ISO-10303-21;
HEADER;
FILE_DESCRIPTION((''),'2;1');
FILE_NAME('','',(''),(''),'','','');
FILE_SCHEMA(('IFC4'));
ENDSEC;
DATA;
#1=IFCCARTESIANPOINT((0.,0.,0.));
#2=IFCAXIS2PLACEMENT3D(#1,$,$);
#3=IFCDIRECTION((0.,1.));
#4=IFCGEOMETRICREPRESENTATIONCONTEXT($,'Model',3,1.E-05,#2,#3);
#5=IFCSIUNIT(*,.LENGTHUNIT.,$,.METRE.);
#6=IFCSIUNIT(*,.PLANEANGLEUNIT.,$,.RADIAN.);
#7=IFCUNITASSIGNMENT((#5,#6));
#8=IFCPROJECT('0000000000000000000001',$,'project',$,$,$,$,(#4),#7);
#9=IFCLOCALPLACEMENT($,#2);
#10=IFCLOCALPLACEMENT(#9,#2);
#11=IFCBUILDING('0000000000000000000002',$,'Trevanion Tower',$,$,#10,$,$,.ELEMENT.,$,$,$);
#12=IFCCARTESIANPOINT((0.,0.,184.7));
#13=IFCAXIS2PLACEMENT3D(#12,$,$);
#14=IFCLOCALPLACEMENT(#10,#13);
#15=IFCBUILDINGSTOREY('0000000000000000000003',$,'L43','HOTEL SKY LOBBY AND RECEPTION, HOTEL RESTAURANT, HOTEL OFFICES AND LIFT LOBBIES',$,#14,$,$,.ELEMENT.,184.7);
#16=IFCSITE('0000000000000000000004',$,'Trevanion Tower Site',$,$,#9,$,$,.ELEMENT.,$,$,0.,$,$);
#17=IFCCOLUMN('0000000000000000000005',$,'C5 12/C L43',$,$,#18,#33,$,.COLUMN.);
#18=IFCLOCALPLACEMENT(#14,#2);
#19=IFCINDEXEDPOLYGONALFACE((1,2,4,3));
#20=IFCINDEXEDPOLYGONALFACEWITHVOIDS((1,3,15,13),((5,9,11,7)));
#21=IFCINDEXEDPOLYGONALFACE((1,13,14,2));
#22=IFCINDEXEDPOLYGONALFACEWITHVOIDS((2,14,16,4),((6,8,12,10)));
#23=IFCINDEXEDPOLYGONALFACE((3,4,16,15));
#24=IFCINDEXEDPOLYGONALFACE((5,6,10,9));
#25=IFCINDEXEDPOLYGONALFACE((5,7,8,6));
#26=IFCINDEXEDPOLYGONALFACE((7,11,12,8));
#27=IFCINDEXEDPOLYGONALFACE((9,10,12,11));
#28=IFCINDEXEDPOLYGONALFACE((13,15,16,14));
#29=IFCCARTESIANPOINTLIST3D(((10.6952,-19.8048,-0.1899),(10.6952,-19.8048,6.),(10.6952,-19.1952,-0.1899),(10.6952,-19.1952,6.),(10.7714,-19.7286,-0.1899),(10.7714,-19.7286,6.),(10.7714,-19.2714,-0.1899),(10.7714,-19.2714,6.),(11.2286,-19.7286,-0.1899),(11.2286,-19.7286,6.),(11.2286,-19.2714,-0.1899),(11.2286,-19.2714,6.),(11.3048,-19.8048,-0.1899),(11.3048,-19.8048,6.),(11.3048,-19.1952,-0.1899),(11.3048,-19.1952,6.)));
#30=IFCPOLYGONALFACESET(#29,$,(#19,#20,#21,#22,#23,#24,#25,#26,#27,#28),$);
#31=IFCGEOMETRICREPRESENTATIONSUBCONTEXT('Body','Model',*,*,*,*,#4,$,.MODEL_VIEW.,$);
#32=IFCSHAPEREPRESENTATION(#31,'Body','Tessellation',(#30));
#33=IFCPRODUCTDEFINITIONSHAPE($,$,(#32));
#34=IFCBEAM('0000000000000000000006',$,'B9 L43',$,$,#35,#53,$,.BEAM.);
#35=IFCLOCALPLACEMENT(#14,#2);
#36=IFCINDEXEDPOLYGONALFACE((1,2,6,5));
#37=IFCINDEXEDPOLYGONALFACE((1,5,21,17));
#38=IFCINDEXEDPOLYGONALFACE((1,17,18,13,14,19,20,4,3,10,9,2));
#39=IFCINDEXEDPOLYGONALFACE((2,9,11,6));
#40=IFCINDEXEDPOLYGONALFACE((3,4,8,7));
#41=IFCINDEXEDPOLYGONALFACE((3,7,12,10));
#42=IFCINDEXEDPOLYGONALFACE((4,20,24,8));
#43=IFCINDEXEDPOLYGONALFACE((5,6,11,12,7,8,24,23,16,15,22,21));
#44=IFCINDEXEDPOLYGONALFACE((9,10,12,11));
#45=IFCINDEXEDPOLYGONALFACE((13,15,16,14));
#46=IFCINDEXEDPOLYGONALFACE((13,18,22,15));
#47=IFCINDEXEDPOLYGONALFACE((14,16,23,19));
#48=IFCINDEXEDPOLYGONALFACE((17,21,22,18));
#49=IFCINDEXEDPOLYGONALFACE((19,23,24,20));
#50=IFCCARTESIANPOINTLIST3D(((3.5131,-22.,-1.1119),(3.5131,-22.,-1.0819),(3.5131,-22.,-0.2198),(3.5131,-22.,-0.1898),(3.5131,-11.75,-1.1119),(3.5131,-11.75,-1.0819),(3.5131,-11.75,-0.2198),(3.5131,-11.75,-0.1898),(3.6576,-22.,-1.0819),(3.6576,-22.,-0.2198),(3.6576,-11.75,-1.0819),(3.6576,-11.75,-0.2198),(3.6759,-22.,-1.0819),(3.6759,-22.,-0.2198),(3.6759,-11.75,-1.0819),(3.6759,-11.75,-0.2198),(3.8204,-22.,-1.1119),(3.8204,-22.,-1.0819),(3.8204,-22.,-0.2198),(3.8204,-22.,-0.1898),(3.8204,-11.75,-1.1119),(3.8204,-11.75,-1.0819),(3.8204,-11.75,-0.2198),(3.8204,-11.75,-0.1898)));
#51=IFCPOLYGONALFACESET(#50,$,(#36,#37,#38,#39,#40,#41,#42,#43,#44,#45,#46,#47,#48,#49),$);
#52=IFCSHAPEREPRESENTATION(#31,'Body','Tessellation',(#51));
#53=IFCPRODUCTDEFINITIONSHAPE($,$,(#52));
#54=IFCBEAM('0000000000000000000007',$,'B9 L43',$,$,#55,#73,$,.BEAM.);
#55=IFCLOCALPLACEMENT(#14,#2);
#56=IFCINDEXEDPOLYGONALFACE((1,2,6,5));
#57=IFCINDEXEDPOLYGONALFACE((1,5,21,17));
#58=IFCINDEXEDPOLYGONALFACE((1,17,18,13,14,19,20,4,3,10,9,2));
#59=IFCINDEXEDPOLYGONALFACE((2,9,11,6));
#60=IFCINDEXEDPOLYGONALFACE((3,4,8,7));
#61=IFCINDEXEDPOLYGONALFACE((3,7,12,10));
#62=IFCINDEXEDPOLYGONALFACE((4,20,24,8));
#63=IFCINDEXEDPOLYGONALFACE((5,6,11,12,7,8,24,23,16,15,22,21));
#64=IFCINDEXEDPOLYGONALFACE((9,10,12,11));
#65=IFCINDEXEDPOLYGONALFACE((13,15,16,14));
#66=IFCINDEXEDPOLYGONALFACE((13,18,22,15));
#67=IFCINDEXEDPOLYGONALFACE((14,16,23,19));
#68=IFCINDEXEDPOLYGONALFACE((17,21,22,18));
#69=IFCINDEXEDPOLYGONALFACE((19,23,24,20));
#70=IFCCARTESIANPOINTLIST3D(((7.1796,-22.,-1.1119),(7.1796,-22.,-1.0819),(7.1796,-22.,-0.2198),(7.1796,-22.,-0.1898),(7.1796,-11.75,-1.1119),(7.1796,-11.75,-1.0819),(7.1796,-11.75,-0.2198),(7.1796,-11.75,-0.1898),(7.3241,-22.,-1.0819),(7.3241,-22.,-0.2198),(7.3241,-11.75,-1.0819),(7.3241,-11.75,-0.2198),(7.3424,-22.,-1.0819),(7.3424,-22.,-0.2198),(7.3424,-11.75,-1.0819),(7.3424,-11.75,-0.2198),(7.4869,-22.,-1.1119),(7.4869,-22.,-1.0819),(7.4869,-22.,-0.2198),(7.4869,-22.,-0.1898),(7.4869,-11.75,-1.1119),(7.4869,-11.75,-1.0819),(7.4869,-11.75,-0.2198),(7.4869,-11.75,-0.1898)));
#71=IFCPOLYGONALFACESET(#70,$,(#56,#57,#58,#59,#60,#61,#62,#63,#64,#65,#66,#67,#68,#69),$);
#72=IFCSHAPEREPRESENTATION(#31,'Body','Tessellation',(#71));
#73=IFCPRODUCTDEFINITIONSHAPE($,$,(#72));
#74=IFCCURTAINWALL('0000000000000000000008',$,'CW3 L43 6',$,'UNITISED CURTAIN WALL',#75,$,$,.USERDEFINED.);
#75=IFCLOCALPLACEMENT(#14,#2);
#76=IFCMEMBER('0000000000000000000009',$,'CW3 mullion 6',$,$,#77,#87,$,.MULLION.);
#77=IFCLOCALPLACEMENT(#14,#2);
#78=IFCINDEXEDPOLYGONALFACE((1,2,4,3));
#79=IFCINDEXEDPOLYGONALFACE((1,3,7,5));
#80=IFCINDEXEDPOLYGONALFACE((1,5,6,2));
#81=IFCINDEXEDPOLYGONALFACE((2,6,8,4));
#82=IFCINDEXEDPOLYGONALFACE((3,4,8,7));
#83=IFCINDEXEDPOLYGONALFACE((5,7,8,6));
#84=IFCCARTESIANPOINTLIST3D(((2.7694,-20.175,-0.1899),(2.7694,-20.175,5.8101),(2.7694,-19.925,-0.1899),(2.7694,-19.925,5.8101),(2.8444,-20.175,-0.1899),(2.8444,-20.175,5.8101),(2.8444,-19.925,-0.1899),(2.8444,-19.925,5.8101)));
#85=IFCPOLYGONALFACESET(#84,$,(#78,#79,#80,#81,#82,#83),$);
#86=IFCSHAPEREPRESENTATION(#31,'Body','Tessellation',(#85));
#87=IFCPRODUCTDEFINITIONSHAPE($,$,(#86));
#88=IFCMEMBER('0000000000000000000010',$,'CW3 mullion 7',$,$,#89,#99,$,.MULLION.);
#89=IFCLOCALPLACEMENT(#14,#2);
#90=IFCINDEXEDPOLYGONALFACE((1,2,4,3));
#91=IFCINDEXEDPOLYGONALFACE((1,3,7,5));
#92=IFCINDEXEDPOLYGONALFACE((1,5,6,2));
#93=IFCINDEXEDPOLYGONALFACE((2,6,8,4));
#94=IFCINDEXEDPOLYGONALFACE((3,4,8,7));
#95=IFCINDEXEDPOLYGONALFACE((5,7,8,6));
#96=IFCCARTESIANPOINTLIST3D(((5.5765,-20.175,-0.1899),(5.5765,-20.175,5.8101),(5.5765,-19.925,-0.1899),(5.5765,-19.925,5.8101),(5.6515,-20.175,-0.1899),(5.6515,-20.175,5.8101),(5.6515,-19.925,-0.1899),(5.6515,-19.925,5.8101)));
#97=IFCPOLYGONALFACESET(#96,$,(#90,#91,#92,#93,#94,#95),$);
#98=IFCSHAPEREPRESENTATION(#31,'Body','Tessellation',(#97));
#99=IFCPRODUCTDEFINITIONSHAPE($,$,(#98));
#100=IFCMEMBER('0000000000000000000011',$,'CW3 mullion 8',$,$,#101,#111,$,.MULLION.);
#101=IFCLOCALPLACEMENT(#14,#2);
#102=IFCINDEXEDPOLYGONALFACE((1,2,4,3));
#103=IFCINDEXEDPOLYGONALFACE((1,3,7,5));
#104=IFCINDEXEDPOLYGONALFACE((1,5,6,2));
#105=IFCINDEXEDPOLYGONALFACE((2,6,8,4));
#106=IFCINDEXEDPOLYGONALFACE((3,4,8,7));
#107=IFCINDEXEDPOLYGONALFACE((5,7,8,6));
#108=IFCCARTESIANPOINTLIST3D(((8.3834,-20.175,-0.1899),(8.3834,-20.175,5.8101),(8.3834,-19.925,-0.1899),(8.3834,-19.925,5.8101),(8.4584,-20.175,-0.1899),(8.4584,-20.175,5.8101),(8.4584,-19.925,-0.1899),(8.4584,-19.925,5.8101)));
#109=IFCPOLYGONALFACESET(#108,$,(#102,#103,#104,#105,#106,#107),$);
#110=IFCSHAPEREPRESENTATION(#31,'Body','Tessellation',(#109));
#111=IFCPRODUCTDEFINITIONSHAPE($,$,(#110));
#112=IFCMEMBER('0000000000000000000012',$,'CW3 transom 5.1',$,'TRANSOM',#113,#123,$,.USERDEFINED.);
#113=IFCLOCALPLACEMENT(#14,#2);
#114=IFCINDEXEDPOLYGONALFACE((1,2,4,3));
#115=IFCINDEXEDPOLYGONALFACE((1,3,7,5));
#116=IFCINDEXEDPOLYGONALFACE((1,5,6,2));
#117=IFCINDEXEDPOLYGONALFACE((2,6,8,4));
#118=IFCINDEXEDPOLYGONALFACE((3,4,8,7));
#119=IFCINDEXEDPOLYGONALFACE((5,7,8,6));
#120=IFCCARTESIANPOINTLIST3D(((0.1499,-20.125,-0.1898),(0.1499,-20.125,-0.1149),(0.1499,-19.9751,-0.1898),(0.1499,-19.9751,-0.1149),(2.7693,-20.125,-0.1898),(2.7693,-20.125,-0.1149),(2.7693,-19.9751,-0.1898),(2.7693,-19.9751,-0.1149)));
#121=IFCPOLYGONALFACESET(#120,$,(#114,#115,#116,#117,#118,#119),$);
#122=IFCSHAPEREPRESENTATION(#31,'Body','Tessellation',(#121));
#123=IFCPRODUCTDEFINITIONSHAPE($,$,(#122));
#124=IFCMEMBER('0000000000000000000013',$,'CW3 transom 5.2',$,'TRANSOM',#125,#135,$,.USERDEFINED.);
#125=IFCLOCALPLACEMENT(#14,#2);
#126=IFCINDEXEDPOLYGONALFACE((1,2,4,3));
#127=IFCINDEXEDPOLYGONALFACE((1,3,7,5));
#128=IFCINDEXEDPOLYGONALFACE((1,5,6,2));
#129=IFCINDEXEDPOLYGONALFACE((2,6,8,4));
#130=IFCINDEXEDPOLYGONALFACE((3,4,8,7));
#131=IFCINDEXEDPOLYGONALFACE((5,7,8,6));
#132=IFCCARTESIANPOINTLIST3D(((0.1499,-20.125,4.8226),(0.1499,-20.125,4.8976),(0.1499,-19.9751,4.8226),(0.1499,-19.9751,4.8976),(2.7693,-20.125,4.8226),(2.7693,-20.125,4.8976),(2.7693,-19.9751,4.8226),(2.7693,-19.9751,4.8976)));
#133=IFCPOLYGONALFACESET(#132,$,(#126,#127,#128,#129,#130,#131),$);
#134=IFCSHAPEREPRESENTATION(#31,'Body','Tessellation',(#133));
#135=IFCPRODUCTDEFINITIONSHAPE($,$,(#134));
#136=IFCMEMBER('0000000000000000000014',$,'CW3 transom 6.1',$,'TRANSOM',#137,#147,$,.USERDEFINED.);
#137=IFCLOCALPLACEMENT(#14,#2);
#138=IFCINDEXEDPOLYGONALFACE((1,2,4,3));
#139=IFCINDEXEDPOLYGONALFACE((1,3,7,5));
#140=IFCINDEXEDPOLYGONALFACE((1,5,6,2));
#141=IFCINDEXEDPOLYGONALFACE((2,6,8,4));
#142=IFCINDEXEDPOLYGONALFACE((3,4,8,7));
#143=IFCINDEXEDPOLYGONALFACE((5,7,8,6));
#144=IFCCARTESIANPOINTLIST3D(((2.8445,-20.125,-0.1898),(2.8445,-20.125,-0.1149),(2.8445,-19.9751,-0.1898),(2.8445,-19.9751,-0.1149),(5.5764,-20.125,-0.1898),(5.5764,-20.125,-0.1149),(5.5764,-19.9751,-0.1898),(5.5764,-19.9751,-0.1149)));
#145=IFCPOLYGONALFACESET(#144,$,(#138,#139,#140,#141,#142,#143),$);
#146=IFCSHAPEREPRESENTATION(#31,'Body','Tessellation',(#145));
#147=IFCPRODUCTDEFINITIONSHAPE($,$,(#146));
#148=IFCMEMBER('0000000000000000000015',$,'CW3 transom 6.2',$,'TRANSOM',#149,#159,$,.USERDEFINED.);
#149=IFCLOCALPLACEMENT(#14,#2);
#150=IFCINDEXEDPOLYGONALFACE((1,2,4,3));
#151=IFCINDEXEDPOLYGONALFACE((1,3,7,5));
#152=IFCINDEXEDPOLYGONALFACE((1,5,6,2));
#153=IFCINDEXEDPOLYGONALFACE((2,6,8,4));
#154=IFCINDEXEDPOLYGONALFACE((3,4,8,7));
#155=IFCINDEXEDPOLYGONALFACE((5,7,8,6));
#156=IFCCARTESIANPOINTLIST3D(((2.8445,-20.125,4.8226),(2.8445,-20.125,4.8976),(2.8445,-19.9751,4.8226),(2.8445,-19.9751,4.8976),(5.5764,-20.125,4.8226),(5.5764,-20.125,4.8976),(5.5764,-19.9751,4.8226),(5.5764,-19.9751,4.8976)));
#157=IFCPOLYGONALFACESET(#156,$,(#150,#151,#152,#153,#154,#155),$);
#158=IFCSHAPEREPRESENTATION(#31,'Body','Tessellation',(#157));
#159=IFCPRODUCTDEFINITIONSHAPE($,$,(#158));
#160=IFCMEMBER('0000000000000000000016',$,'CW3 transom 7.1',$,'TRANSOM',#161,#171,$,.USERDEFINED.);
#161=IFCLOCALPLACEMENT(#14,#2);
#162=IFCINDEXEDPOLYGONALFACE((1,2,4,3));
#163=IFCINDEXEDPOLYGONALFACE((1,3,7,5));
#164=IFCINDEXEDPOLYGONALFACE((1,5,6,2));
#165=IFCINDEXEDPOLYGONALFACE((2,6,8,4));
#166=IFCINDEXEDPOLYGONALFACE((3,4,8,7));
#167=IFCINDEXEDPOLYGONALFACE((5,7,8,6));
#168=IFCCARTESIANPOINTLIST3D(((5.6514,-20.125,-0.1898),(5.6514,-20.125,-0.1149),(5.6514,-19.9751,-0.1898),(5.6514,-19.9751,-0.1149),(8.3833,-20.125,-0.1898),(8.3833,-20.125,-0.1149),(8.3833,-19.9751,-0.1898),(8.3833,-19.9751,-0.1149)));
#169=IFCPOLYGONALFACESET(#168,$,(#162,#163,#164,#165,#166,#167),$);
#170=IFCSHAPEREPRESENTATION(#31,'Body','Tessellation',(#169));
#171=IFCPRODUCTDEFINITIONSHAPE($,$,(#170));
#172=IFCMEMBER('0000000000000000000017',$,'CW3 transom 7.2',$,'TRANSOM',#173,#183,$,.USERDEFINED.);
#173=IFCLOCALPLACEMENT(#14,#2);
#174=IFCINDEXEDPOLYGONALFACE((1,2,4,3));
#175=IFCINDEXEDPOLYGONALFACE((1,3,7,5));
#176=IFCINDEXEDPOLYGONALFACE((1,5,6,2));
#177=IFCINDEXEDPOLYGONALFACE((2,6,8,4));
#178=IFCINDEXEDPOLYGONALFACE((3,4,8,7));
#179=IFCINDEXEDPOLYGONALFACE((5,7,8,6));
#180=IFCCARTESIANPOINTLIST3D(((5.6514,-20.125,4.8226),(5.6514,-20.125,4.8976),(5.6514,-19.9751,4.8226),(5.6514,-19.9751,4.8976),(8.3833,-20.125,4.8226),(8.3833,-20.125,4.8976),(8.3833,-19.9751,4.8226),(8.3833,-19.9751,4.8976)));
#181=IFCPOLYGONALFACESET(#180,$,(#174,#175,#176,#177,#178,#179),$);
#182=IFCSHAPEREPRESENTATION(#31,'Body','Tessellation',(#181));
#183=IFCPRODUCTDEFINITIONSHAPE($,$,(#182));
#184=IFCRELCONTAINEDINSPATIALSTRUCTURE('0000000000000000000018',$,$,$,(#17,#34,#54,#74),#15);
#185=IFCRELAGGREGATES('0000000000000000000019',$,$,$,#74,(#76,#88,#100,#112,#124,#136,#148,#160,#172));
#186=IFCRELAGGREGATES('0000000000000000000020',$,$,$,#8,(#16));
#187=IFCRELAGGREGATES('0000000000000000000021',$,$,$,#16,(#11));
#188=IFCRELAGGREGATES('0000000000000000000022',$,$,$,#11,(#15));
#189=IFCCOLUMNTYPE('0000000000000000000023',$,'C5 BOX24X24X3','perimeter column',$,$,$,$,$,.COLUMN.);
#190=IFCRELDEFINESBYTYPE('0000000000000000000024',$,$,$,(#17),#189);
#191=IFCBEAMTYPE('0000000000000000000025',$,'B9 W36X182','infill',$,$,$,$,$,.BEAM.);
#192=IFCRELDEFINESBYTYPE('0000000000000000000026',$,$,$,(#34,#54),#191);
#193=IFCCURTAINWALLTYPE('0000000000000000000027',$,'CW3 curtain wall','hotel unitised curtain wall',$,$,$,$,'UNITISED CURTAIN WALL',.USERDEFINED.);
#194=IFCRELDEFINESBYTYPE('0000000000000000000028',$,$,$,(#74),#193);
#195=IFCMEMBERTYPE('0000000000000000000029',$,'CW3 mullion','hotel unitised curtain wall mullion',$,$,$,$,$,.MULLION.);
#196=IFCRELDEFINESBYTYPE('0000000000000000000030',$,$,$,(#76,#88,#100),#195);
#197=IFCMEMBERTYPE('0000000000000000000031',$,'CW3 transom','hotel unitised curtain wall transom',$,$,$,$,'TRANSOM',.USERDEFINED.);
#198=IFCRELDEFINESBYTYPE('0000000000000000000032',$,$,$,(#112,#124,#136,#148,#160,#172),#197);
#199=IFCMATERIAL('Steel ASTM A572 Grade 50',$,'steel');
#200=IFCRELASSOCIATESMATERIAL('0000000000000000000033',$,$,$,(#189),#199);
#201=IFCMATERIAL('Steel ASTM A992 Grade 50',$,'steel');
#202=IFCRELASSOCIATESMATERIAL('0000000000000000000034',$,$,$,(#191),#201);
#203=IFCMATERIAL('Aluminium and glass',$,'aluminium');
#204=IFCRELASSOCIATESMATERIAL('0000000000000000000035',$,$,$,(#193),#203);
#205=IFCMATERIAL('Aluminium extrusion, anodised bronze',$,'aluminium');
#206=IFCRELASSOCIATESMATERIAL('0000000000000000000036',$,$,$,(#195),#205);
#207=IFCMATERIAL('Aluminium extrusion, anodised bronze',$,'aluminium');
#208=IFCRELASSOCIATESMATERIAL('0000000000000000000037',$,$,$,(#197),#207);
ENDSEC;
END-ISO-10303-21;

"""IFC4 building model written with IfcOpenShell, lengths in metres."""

from ifc_helpers import new_model, si_unit, direction, frame, origin, origin_2d, place, context, subcontext, project, spatial, rectangle, hollow_rectangle, i_section, extrude, material, material_profile, profile_set, type_object, element, aggregate, save


model = new_model("IFC4")

# Units and contexts
model_context = context("Model", 3, precision=1e-05, world=origin(), true_north=direction((0.0, 1.0)))
body_context = subcontext(model_context, "Body", "Model", "MODEL_VIEW")
ifc_project = project(units=[si_unit("LENGTHUNIT", "METRE"), si_unit("PLANEANGLEUNIT", "RADIAN")], contexts=[model_context])

# Site, building, storey
site_placement = place(None, origin())
site = spatial("IfcSite", under=ifc_project, at=site_placement, Name="Trevanion Tower Site", CompositionType="ELEMENT", RefElevation=0.0)
building_placement = place(site_placement, origin())
building = spatial("IfcBuilding", under=site, at=building_placement, Name="Trevanion Tower", CompositionType="ELEMENT")
storey_placement = place(building_placement, frame((0.0, 0.0, 184.7)))
storey = spatial("IfcBuildingStorey", under=building, at=storey_placement, Name="L43", Description="HOTEL SKY LOBBY AND RECEPTION, HOTEL RESTAURANT, HOTEL OFFICES AND LIFT LOBBIES", CompositionType="ELEMENT", Elevation=184.7)

# Column
ifc_material_1 = material(Name="Steel ASTM A572 Grade 50", Category="steel")
ifc_material_profile_1 = material_profile(ifc_material_1, hollow_rectangle(XDim=0.6096, YDim=0.6096, WallThickness=0.0762, at=origin_2d()), Name="BOX24X24X3")
ifc_profile_set_1 = profile_set([ifc_material_profile_1], Name="Steel ASTM A572 Grade 50")
column_type = type_object("IfcColumnType", Name="C5 BOX24X24X3", Description="perimeter column", PredefinedType="COLUMN", material=ifc_profile_set_1)
column_placement = place(storey_placement, frame((11.0, -19.5, -0.1899), z_axis=(0.0, 0.0, 1.0), x_axis=(1.0, 0.0, 0.0)))
element("IfcColumn", 1, at=column_placement, inside=storey, type_object=column_type, Name="C5 12/C L43", PredefinedType="COLUMN", context=body_context, shape_type="SweptSolid", body=[
    extrude(hollow_rectangle(XDim=0.6096, YDim=0.6096, WallThickness=0.0762, at=origin_2d()), origin(), (0.0, 0.0, 1.0), 6.1899),
])

# Beams
ifc_material_2 = material(Name="Steel ASTM A992 Grade 50", Category="steel")
ifc_material_profile_2 = material_profile(ifc_material_2, i_section(OverallWidth=0.3074, OverallDepth=0.9221, WebThickness=0.0183, FlangeThickness=0.03, at=origin_2d()), Name="W36X182")
ifc_profile_set_2 = profile_set([ifc_material_profile_2], Name="Steel ASTM A992 Grade 50")
beam_type_1 = type_object("IfcBeamType", Name="B9 W36X182", Description="infill", PredefinedType="BEAM", material=ifc_profile_set_2)
for number, where, z_axis, x_axis, name in (
    (2, (3.6667, -11.75, -0.6509), (0.0, -1.0, 0.0), (1.0, 0.0, 0.0), "B9 L43"),
    (3, (7.3333, -11.75, -0.6509), (0.0, -1.0, 0.0), (1.0, 0.0, 0.0), "B9 L43"),
):
    element("IfcBeam", number, at=place(storey_placement, frame(where, z_axis=z_axis, x_axis=x_axis)), inside=storey, type_object=beam_type_1, Name=name, PredefinedType="BEAM", context=body_context, shape_type="SweptSolid", body=[
        extrude(i_section(OverallWidth=0.3074, OverallDepth=0.9221, WebThickness=0.0183, FlangeThickness=0.03, at=origin_2d()), origin(), (0.0, 0.0, 1.0), 10.25),
    ])

# Curtain wall, members
ifc_material_3 = material(Name="Aluminium and glass", Category="aluminium")
curtain_wall_type = type_object("IfcCurtainWallType", Name="CW3 curtain wall", Description="hotel unitised curtain wall", ElementType="UNITISED CURTAIN WALL", PredefinedType="USERDEFINED", material=ifc_material_3)
curtain_wall_placement = place(storey_placement, origin())
curtain_wall = element("IfcCurtainWall", 4, at=curtain_wall_placement, inside=storey, type_object=curtain_wall_type, Name="CW3 L43 6", ObjectType="UNITISED CURTAIN WALL", PredefinedType="USERDEFINED")
ifc_material_4 = material(Name="Aluminium extrusion, anodised bronze", Category="aluminium")
ifc_material_profile_3 = material_profile(ifc_material_4, rectangle(XDim=0.075, YDim=0.25, at=origin_2d()), Name="CW3 mullion")
ifc_profile_set_3 = profile_set([ifc_material_profile_3], Name="Aluminium extrusion, anodised bronze")
member_type_1 = type_object("IfcMemberType", Name="CW3 mullion", Description="hotel unitised curtain wall mullion", PredefinedType="MULLION", material=ifc_profile_set_3)
member_1_placement = place(storey_placement, frame((2.8069, -20.05, -0.1899), z_axis=(0.0, 0.0, 1.0), x_axis=(1.0, 0.0, 0.0)))
member_1 = element("IfcMember", 5, at=member_1_placement, type_object=member_type_1, Name="CW3 mullion 6", PredefinedType="MULLION", context=body_context, shape_type="SweptSolid", body=[
    extrude(rectangle(XDim=0.075, YDim=0.25, at=origin_2d()), origin(), (0.0, 0.0, 1.0), 6.0),
])
member_2_placement = place(storey_placement, frame((5.614, -20.05, -0.1899), z_axis=(0.0, 0.0, 1.0), x_axis=(1.0, 0.0, 0.0)))
member_2 = element("IfcMember", 6, at=member_2_placement, type_object=member_type_1, Name="CW3 mullion 7", PredefinedType="MULLION", context=body_context, shape_type="SweptSolid", body=[
    extrude(rectangle(XDim=0.075, YDim=0.25, at=origin_2d()), origin(), (0.0, 0.0, 1.0), 6.0),
])
member_3_placement = place(storey_placement, frame((8.4209, -20.05, -0.1899), z_axis=(0.0, 0.0, 1.0), x_axis=(1.0, 0.0, 0.0)))
member_3 = element("IfcMember", 7, at=member_3_placement, type_object=member_type_1, Name="CW3 mullion 8", PredefinedType="MULLION", context=body_context, shape_type="SweptSolid", body=[
    extrude(rectangle(XDim=0.075, YDim=0.25, at=origin_2d()), origin(), (0.0, 0.0, 1.0), 6.0),
])
ifc_material_5 = material(Name="Aluminium extrusion, anodised bronze", Category="aluminium")
ifc_material_profile_4 = material_profile(ifc_material_5, rectangle(XDim=0.1499, YDim=0.075, at=origin_2d()), Name="CW3 transom")
ifc_profile_set_4 = profile_set([ifc_material_profile_4], Name="Aluminium extrusion, anodised bronze")
member_type_2 = type_object("IfcMemberType", Name="CW3 transom", Description="hotel unitised curtain wall transom", ElementType="TRANSOM", PredefinedType="USERDEFINED", material=ifc_profile_set_4)
member_4_placement = place(storey_placement, frame((0.1499, -20.05, -0.1523), z_axis=(1.0, 0.0, 0.0), x_axis=(0.0, 1.0, 0.0)))
member_4 = element("IfcMember", 8, at=member_4_placement, type_object=member_type_2, Name="CW3 transom 5.1", ObjectType="TRANSOM", PredefinedType="USERDEFINED", context=body_context, shape_type="SweptSolid", body=[
    extrude(rectangle(XDim=0.1499, YDim=0.075, at=origin_2d()), origin(), (0.0, 0.0, 1.0), 2.6194),
])
member_5_placement = place(storey_placement, frame((0.1499, -20.05, 4.8601), z_axis=(1.0, 0.0, 0.0), x_axis=(0.0, 1.0, 0.0)))
member_5 = element("IfcMember", 9, at=member_5_placement, type_object=member_type_2, Name="CW3 transom 5.2", ObjectType="TRANSOM", PredefinedType="USERDEFINED", context=body_context, shape_type="SweptSolid", body=[
    extrude(rectangle(XDim=0.1499, YDim=0.075, at=origin_2d()), origin(), (0.0, 0.0, 1.0), 2.6194),
])
member_6_placement = place(storey_placement, frame((2.8445, -20.05, -0.1523), z_axis=(1.0, 0.0, 0.0), x_axis=(0.0, 1.0, 0.0)))
member_6 = element("IfcMember", 10, at=member_6_placement, type_object=member_type_2, Name="CW3 transom 6.1", ObjectType="TRANSOM", PredefinedType="USERDEFINED", context=body_context, shape_type="SweptSolid", body=[
    extrude(rectangle(XDim=0.1499, YDim=0.075, at=origin_2d()), origin(), (0.0, 0.0, 1.0), 2.7319),
])
member_7_placement = place(storey_placement, frame((2.8445, -20.05, 4.8601), z_axis=(1.0, 0.0, 0.0), x_axis=(0.0, 1.0, 0.0)))
member_7 = element("IfcMember", 11, at=member_7_placement, type_object=member_type_2, Name="CW3 transom 6.2", ObjectType="TRANSOM", PredefinedType="USERDEFINED", context=body_context, shape_type="SweptSolid", body=[
    extrude(rectangle(XDim=0.1499, YDim=0.075, at=origin_2d()), origin(), (0.0, 0.0, 1.0), 2.7319),
])
member_8_placement = place(storey_placement, frame((5.6514, -20.05, -0.1523), z_axis=(1.0, 0.0, 0.0), x_axis=(0.0, 1.0, 0.0)))
member_8 = element("IfcMember", 12, at=member_8_placement, type_object=member_type_2, Name="CW3 transom 7.1", ObjectType="TRANSOM", PredefinedType="USERDEFINED", context=body_context, shape_type="SweptSolid", body=[
    extrude(rectangle(XDim=0.1499, YDim=0.075, at=origin_2d()), origin(), (0.0, 0.0, 1.0), 2.7319),
])
member_9_placement = place(storey_placement, frame((5.6514, -20.05, 4.8601), z_axis=(1.0, 0.0, 0.0), x_axis=(0.0, 1.0, 0.0)))
member_9 = element("IfcMember", 13, at=member_9_placement, type_object=member_type_2, Name="CW3 transom 7.2", ObjectType="TRANSOM", PredefinedType="USERDEFINED", context=body_context, shape_type="SweptSolid", body=[
    extrude(rectangle(XDim=0.1499, YDim=0.075, at=origin_2d()), origin(), (0.0, 0.0, 1.0), 2.7319),
])

aggregate(curtain_wall, [member_1, member_2, member_3, member_4, member_5, member_6, member_7, member_8, member_9])

save(model, "model.ifc")
